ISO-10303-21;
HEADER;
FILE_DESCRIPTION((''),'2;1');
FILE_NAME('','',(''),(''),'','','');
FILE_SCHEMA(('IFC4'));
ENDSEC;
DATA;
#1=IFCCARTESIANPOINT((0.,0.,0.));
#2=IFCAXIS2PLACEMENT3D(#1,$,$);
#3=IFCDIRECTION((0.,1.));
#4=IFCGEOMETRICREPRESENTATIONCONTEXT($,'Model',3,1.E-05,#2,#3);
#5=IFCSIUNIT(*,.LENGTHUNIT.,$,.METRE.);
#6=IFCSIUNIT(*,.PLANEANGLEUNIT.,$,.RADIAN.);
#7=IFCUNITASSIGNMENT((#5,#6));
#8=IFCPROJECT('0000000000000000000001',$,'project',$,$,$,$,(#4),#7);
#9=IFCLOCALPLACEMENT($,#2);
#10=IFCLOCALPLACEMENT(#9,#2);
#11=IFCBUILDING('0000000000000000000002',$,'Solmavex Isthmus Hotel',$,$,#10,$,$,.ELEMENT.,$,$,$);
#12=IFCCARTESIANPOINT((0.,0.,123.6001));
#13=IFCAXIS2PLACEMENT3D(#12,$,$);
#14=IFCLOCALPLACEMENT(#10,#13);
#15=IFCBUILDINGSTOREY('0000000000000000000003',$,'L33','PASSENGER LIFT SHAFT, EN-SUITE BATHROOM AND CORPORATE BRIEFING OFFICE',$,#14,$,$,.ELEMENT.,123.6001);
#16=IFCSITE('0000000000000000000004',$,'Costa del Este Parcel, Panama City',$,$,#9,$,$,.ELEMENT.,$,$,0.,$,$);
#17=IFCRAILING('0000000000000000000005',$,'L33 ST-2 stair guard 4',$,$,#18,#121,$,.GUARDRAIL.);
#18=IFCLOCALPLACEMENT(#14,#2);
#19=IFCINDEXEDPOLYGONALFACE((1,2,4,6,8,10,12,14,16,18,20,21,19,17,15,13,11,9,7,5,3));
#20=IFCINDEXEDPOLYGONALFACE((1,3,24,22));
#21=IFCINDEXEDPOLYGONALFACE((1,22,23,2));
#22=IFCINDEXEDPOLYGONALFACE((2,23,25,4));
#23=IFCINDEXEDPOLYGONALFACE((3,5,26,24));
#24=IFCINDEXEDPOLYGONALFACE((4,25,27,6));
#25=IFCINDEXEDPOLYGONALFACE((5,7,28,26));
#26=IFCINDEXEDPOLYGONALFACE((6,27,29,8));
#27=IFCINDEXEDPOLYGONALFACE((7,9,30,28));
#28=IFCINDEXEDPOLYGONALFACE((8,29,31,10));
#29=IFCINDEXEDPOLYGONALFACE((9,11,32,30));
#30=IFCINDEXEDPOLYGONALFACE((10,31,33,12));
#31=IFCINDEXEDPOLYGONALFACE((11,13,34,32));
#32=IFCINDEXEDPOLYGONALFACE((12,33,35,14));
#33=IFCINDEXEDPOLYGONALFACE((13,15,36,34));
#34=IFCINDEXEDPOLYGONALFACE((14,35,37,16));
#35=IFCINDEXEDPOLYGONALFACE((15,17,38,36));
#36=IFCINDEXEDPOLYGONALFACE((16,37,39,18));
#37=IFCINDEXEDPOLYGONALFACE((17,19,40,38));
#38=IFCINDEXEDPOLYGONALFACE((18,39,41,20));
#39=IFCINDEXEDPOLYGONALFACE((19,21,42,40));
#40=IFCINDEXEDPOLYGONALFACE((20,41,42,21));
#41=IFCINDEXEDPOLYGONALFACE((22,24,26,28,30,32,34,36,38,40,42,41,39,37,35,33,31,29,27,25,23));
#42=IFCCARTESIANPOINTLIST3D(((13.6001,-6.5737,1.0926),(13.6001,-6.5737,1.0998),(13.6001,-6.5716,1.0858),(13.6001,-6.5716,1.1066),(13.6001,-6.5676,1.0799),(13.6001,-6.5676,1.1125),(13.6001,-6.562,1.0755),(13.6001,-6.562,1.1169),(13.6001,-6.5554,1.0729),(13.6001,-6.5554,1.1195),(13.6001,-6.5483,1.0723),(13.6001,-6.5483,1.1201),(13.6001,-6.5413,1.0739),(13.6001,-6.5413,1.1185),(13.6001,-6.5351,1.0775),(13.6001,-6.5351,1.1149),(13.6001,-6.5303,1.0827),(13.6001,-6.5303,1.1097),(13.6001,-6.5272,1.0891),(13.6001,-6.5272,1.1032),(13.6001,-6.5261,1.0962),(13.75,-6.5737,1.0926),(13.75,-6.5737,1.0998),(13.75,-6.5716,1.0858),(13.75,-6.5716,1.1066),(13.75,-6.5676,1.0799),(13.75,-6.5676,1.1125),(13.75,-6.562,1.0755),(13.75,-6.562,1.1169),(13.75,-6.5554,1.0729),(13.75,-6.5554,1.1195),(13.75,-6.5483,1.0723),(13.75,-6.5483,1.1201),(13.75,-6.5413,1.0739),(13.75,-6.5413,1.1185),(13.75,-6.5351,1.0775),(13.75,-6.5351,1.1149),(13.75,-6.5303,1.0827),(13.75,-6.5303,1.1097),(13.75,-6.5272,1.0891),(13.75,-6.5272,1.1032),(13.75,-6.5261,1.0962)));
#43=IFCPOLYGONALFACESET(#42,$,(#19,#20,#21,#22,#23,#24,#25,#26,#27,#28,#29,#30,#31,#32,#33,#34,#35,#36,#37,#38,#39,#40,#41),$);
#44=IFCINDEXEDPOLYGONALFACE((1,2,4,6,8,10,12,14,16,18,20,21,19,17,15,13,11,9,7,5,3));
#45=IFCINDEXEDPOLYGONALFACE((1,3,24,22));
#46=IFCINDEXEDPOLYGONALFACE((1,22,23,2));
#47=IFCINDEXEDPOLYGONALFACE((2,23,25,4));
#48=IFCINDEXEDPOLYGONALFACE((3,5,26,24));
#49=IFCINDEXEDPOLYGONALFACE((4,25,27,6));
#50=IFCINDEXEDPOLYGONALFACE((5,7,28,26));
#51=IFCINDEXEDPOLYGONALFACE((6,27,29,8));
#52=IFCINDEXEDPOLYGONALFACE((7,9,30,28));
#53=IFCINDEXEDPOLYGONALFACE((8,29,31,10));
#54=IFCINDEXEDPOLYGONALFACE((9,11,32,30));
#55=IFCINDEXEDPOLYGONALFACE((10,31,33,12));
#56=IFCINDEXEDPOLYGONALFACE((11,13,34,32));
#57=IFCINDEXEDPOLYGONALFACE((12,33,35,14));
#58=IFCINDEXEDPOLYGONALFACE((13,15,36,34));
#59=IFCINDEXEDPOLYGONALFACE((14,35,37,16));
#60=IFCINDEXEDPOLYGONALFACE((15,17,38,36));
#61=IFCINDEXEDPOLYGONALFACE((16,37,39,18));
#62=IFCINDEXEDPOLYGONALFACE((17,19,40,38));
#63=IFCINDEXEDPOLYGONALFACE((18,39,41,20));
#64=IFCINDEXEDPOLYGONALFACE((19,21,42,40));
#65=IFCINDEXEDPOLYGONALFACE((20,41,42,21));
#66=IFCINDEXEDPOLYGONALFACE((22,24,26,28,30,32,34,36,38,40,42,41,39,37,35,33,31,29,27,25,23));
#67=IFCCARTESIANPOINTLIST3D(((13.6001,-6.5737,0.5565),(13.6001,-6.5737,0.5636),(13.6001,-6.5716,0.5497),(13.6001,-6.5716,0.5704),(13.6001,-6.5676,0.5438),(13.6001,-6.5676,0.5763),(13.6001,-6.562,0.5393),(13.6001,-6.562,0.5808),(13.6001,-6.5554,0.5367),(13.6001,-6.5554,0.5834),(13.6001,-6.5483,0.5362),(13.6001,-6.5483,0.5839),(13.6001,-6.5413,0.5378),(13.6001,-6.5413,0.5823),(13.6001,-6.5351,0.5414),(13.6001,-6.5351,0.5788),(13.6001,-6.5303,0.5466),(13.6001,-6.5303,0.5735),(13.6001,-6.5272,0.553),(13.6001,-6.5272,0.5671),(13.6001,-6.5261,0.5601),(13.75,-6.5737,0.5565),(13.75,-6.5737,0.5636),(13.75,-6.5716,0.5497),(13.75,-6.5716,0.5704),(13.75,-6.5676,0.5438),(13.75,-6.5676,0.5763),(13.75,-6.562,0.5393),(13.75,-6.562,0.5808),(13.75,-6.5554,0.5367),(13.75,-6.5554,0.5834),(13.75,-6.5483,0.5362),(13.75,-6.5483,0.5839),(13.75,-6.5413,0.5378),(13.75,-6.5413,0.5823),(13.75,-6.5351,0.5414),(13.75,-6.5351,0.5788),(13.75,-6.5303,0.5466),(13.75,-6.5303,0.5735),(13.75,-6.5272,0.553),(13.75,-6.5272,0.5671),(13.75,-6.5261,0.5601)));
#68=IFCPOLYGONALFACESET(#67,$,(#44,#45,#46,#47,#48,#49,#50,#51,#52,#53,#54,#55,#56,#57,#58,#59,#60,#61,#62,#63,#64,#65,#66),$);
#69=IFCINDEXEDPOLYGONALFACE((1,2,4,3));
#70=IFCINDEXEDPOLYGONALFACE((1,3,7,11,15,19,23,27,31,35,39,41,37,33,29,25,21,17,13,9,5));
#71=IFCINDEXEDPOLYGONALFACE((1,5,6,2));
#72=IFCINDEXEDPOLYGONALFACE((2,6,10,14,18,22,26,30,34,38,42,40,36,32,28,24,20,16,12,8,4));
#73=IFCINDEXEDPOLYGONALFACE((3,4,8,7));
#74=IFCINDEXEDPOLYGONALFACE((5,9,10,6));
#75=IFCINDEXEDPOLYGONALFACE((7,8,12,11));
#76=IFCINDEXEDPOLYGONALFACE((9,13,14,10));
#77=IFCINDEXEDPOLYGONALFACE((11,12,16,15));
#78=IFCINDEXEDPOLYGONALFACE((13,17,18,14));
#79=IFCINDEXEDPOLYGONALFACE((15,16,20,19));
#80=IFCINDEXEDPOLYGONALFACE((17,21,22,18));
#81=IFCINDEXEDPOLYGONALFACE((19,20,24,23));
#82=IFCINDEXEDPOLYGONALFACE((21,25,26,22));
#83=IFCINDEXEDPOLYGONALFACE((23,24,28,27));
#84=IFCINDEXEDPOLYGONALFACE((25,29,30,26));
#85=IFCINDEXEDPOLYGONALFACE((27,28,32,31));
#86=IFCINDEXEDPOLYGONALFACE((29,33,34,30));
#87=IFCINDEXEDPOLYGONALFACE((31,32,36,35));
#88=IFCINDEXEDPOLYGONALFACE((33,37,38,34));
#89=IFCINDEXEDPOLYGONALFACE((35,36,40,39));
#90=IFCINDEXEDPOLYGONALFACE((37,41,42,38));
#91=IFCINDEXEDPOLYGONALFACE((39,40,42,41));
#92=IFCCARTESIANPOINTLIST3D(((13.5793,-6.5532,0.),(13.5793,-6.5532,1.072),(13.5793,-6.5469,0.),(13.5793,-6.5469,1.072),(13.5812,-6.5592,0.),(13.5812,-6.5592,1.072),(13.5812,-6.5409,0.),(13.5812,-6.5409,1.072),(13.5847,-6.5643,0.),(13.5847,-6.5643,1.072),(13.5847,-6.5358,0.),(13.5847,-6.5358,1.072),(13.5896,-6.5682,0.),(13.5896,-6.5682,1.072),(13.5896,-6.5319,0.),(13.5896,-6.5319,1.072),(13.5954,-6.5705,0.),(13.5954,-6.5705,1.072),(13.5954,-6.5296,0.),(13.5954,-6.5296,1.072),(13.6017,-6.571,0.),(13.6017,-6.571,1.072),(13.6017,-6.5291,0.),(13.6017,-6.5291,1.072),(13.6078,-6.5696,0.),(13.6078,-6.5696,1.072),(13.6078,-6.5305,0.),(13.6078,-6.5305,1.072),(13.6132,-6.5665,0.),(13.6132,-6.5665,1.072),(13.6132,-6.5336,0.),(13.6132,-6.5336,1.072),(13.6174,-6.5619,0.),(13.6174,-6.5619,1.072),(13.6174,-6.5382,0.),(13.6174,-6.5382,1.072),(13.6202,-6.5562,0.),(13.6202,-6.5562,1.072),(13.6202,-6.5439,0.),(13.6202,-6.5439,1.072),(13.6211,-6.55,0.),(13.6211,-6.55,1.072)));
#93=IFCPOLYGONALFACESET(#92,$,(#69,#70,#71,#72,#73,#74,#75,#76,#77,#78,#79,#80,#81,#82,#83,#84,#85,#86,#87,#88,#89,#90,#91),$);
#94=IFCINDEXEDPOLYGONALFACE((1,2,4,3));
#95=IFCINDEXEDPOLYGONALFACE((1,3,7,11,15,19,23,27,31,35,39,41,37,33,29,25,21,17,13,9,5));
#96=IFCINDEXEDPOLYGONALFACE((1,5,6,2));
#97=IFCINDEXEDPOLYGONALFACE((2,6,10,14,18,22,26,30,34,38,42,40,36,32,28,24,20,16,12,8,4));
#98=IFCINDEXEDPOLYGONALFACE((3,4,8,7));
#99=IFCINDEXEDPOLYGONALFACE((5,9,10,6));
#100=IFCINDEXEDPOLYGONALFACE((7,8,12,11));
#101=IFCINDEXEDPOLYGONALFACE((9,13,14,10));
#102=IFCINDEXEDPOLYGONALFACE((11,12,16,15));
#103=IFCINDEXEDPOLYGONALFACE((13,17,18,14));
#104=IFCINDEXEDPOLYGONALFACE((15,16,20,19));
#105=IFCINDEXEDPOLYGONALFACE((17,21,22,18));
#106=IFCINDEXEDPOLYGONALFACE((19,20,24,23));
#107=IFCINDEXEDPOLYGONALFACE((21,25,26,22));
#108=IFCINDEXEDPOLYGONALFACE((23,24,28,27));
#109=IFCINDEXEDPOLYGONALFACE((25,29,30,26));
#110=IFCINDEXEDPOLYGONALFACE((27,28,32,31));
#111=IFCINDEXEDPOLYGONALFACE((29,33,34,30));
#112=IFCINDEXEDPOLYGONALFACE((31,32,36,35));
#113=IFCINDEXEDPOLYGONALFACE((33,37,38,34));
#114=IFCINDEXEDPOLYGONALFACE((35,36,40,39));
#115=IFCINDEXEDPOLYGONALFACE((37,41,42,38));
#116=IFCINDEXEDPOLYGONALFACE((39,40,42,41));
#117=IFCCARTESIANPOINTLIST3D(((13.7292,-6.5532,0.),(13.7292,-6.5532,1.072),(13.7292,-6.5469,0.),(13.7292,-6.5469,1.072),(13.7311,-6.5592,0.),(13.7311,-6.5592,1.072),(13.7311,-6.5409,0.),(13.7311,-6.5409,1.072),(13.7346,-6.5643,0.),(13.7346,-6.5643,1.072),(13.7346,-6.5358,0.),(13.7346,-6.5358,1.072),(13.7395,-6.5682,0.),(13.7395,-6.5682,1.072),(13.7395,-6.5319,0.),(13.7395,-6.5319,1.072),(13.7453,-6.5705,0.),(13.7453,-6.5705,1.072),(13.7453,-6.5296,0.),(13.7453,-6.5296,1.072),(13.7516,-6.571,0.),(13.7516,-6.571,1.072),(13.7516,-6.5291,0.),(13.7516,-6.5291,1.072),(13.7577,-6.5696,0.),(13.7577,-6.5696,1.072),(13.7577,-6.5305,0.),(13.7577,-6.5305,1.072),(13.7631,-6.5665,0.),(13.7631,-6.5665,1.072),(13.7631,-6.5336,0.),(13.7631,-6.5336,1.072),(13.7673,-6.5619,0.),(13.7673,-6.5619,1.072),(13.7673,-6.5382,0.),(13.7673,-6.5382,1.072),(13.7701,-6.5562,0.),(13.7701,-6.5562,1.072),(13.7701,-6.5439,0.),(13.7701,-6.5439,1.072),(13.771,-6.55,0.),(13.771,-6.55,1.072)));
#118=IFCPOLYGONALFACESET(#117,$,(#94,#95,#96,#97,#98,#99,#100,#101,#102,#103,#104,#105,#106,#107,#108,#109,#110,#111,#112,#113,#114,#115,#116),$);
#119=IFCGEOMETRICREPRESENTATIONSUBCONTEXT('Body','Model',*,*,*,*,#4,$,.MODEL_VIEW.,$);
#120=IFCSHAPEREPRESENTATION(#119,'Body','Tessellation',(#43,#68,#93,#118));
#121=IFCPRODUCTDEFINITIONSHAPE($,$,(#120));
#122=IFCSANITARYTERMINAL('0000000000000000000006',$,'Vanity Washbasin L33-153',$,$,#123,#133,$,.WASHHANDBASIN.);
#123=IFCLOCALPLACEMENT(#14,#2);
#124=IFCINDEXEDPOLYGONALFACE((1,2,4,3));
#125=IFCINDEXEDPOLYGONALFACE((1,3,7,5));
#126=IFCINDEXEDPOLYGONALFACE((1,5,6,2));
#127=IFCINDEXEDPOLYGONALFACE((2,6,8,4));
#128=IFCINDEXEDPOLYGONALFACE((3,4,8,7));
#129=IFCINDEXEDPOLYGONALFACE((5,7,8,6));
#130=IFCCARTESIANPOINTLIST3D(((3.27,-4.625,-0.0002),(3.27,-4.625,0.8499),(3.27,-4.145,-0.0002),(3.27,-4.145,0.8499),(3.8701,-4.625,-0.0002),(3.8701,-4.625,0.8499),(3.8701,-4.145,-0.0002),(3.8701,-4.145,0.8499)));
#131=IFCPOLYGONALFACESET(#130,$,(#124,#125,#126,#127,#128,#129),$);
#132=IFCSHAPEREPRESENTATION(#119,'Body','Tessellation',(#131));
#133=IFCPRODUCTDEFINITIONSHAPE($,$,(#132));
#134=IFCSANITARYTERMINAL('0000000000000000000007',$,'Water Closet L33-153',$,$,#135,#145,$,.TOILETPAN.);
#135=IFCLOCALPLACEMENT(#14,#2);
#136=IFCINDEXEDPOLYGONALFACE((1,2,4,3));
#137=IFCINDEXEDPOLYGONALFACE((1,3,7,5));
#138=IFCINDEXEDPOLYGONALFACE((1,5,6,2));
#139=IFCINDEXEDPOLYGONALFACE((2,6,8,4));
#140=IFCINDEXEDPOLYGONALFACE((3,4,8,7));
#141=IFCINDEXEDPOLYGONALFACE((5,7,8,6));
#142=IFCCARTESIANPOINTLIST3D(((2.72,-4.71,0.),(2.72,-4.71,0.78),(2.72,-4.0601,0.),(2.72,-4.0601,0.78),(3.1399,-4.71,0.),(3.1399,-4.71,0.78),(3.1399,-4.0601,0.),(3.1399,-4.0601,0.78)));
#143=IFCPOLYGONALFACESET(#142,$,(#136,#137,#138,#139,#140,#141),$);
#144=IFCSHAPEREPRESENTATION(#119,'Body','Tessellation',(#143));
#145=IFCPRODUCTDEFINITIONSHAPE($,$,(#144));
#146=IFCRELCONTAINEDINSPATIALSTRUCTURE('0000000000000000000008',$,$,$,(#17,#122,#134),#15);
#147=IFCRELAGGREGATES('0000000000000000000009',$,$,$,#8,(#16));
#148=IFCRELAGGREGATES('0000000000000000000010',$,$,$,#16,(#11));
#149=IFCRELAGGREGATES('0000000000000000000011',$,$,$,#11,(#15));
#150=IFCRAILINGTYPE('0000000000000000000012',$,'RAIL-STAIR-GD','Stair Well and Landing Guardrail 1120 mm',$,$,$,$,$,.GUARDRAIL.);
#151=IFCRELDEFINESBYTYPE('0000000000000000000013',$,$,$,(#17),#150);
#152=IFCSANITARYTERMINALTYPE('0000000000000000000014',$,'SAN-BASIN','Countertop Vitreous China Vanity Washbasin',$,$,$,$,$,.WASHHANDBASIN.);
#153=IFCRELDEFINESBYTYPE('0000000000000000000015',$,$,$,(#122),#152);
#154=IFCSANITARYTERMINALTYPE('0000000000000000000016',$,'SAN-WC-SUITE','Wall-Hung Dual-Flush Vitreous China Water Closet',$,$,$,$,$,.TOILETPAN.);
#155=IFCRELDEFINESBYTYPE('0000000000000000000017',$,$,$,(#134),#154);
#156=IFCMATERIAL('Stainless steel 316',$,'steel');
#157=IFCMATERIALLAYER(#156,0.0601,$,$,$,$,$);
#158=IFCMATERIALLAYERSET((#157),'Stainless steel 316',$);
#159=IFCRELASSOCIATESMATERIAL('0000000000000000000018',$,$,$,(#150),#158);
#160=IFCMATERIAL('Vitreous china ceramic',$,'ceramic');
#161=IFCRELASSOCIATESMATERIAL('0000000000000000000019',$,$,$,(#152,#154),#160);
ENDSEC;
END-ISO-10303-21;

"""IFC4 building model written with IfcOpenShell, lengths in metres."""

from ifc_helpers import new_model, si_unit, direction, frame, origin, origin_2d, place, context, subcontext, project, spatial, rectangle, circle, extrude, material, layer, layer_set, type_object, element, save


model = new_model("IFC4")

# Units and contexts
model_context = context("Model", 3, precision=1e-05, world=origin(), true_north=direction((0.0, 1.0)))
body_context = subcontext(model_context, "Body", "Model", "MODEL_VIEW")
ifc_project = project(units=[si_unit("LENGTHUNIT", "METRE"), si_unit("PLANEANGLEUNIT", "RADIAN")], contexts=[model_context])

# Site, building, storey
site_placement = place(None, origin())
site = spatial("IfcSite", under=ifc_project, at=site_placement, Name="Costa del Este Parcel, Panama City", CompositionType="ELEMENT", RefElevation=0.0)
building_placement = place(site_placement, origin())
building = spatial("IfcBuilding", under=site, at=building_placement, Name="Solmavex Isthmus Hotel", CompositionType="ELEMENT")
storey_placement = place(building_placement, frame((0.0, 0.0, 123.6001)))
storey = spatial("IfcBuildingStorey", under=building, at=storey_placement, Name="L33", Description="PASSENGER LIFT SHAFT, EN-SUITE BATHROOM AND CORPORATE BRIEFING OFFICE", CompositionType="ELEMENT", Elevation=123.6001)

# Shared definitions
ifc_material_1 = material(Name="Stainless steel 316", Category="steel")

# Railing
ifc_layer_1 = layer(ifc_material_1, 0.0601)
ifc_layer_set_1 = layer_set([ifc_layer_1], Name="Stainless steel 316")
railing_type_1 = type_object("IfcRailingType", Name="RAIL-STAIR-GD", Description="Stair Well and Landing Guardrail 1120 mm", PredefinedType="GUARDRAIL", material=ifc_layer_set_1)
for number, where, name in (
    (1, (13.6001, -6.55, 0.0), "L33 ST-2 stair guard 4"),
):
    element("IfcRailing", number, at=place(storey_placement, frame(where)), inside=storey, type_object=railing_type_1, Name=name, PredefinedType="GUARDRAIL", context=body_context, shape_type="SweptSolid", body=[
        extrude(circle(Radius=0.0239, at=origin_2d()), frame((0.0, 0.0, 1.0962), z_axis=(1.0, 0.0, 0.0), x_axis=(0.0, 1.0, 0.0)), (0.0, 0.0, 1.0), 0.1499),
        extrude(circle(Radius=0.0239, at=origin_2d()), frame((0.0, 0.0, 0.5601), z_axis=(1.0, 0.0, 0.0), x_axis=(0.0, 1.0, 0.0)), (0.0, 0.0, 1.0), 0.1499),
        extrude(circle(Radius=0.021, at=origin_2d()), origin(), (0.0, 0.0, 1.0), 1.072),
        extrude(circle(Radius=0.021, at=origin_2d()), frame((0.1499, 0.0, 0.0)), (0.0, 0.0, 1.0), 1.072),
    ])

# Sanitary terminals
ifc_material_2 = material(Name="Vitreous china ceramic", Category="ceramic")
sanitary_terminal_type_1 = type_object("IfcSanitaryTerminalType", Name="SAN-BASIN", Description="Countertop Vitreous China Vanity Washbasin", PredefinedType="WASHHANDBASIN", material=ifc_material_2)
sanitary_terminal_1_placement = place(storey_placement, frame((3.5701, -4.385, -0.0002), z_axis=(0.0, 0.0, 1.0), x_axis=(1.0, 0.0, 0.0)))
element("IfcSanitaryTerminal", 2, at=sanitary_terminal_1_placement, inside=storey, type_object=sanitary_terminal_type_1, Name="Vanity Washbasin L33-153", PredefinedType="WASHHANDBASIN", context=body_context, shape_type="SweptSolid", body=[
    extrude(rectangle(XDim=0.6001, YDim=0.48, at=origin_2d()), origin(), (0.0, 0.0, 1.0), 0.8501),
])
sanitary_terminal_type_2 = type_object("IfcSanitaryTerminalType", Name="SAN-WC-SUITE", Description="Wall-Hung Dual-Flush Vitreous China Water Closet", PredefinedType="TOILETPAN", material=ifc_material_2)
sanitary_terminal_2_placement = place(storey_placement, frame((2.9299, -4.385, 0.0), z_axis=(0.0, 0.0, 1.0), x_axis=(1.0, 0.0, 0.0)))
element("IfcSanitaryTerminal", 3, at=sanitary_terminal_2_placement, inside=storey, type_object=sanitary_terminal_type_2, Name="Water Closet L33-153", PredefinedType="TOILETPAN", context=body_context, shape_type="SweptSolid", body=[
    extrude(rectangle(XDim=0.4199, YDim=0.6499, at=origin_2d()), origin(), (0.0, 0.0, 1.0), 0.78),
])

save(model, "model.ifc")
